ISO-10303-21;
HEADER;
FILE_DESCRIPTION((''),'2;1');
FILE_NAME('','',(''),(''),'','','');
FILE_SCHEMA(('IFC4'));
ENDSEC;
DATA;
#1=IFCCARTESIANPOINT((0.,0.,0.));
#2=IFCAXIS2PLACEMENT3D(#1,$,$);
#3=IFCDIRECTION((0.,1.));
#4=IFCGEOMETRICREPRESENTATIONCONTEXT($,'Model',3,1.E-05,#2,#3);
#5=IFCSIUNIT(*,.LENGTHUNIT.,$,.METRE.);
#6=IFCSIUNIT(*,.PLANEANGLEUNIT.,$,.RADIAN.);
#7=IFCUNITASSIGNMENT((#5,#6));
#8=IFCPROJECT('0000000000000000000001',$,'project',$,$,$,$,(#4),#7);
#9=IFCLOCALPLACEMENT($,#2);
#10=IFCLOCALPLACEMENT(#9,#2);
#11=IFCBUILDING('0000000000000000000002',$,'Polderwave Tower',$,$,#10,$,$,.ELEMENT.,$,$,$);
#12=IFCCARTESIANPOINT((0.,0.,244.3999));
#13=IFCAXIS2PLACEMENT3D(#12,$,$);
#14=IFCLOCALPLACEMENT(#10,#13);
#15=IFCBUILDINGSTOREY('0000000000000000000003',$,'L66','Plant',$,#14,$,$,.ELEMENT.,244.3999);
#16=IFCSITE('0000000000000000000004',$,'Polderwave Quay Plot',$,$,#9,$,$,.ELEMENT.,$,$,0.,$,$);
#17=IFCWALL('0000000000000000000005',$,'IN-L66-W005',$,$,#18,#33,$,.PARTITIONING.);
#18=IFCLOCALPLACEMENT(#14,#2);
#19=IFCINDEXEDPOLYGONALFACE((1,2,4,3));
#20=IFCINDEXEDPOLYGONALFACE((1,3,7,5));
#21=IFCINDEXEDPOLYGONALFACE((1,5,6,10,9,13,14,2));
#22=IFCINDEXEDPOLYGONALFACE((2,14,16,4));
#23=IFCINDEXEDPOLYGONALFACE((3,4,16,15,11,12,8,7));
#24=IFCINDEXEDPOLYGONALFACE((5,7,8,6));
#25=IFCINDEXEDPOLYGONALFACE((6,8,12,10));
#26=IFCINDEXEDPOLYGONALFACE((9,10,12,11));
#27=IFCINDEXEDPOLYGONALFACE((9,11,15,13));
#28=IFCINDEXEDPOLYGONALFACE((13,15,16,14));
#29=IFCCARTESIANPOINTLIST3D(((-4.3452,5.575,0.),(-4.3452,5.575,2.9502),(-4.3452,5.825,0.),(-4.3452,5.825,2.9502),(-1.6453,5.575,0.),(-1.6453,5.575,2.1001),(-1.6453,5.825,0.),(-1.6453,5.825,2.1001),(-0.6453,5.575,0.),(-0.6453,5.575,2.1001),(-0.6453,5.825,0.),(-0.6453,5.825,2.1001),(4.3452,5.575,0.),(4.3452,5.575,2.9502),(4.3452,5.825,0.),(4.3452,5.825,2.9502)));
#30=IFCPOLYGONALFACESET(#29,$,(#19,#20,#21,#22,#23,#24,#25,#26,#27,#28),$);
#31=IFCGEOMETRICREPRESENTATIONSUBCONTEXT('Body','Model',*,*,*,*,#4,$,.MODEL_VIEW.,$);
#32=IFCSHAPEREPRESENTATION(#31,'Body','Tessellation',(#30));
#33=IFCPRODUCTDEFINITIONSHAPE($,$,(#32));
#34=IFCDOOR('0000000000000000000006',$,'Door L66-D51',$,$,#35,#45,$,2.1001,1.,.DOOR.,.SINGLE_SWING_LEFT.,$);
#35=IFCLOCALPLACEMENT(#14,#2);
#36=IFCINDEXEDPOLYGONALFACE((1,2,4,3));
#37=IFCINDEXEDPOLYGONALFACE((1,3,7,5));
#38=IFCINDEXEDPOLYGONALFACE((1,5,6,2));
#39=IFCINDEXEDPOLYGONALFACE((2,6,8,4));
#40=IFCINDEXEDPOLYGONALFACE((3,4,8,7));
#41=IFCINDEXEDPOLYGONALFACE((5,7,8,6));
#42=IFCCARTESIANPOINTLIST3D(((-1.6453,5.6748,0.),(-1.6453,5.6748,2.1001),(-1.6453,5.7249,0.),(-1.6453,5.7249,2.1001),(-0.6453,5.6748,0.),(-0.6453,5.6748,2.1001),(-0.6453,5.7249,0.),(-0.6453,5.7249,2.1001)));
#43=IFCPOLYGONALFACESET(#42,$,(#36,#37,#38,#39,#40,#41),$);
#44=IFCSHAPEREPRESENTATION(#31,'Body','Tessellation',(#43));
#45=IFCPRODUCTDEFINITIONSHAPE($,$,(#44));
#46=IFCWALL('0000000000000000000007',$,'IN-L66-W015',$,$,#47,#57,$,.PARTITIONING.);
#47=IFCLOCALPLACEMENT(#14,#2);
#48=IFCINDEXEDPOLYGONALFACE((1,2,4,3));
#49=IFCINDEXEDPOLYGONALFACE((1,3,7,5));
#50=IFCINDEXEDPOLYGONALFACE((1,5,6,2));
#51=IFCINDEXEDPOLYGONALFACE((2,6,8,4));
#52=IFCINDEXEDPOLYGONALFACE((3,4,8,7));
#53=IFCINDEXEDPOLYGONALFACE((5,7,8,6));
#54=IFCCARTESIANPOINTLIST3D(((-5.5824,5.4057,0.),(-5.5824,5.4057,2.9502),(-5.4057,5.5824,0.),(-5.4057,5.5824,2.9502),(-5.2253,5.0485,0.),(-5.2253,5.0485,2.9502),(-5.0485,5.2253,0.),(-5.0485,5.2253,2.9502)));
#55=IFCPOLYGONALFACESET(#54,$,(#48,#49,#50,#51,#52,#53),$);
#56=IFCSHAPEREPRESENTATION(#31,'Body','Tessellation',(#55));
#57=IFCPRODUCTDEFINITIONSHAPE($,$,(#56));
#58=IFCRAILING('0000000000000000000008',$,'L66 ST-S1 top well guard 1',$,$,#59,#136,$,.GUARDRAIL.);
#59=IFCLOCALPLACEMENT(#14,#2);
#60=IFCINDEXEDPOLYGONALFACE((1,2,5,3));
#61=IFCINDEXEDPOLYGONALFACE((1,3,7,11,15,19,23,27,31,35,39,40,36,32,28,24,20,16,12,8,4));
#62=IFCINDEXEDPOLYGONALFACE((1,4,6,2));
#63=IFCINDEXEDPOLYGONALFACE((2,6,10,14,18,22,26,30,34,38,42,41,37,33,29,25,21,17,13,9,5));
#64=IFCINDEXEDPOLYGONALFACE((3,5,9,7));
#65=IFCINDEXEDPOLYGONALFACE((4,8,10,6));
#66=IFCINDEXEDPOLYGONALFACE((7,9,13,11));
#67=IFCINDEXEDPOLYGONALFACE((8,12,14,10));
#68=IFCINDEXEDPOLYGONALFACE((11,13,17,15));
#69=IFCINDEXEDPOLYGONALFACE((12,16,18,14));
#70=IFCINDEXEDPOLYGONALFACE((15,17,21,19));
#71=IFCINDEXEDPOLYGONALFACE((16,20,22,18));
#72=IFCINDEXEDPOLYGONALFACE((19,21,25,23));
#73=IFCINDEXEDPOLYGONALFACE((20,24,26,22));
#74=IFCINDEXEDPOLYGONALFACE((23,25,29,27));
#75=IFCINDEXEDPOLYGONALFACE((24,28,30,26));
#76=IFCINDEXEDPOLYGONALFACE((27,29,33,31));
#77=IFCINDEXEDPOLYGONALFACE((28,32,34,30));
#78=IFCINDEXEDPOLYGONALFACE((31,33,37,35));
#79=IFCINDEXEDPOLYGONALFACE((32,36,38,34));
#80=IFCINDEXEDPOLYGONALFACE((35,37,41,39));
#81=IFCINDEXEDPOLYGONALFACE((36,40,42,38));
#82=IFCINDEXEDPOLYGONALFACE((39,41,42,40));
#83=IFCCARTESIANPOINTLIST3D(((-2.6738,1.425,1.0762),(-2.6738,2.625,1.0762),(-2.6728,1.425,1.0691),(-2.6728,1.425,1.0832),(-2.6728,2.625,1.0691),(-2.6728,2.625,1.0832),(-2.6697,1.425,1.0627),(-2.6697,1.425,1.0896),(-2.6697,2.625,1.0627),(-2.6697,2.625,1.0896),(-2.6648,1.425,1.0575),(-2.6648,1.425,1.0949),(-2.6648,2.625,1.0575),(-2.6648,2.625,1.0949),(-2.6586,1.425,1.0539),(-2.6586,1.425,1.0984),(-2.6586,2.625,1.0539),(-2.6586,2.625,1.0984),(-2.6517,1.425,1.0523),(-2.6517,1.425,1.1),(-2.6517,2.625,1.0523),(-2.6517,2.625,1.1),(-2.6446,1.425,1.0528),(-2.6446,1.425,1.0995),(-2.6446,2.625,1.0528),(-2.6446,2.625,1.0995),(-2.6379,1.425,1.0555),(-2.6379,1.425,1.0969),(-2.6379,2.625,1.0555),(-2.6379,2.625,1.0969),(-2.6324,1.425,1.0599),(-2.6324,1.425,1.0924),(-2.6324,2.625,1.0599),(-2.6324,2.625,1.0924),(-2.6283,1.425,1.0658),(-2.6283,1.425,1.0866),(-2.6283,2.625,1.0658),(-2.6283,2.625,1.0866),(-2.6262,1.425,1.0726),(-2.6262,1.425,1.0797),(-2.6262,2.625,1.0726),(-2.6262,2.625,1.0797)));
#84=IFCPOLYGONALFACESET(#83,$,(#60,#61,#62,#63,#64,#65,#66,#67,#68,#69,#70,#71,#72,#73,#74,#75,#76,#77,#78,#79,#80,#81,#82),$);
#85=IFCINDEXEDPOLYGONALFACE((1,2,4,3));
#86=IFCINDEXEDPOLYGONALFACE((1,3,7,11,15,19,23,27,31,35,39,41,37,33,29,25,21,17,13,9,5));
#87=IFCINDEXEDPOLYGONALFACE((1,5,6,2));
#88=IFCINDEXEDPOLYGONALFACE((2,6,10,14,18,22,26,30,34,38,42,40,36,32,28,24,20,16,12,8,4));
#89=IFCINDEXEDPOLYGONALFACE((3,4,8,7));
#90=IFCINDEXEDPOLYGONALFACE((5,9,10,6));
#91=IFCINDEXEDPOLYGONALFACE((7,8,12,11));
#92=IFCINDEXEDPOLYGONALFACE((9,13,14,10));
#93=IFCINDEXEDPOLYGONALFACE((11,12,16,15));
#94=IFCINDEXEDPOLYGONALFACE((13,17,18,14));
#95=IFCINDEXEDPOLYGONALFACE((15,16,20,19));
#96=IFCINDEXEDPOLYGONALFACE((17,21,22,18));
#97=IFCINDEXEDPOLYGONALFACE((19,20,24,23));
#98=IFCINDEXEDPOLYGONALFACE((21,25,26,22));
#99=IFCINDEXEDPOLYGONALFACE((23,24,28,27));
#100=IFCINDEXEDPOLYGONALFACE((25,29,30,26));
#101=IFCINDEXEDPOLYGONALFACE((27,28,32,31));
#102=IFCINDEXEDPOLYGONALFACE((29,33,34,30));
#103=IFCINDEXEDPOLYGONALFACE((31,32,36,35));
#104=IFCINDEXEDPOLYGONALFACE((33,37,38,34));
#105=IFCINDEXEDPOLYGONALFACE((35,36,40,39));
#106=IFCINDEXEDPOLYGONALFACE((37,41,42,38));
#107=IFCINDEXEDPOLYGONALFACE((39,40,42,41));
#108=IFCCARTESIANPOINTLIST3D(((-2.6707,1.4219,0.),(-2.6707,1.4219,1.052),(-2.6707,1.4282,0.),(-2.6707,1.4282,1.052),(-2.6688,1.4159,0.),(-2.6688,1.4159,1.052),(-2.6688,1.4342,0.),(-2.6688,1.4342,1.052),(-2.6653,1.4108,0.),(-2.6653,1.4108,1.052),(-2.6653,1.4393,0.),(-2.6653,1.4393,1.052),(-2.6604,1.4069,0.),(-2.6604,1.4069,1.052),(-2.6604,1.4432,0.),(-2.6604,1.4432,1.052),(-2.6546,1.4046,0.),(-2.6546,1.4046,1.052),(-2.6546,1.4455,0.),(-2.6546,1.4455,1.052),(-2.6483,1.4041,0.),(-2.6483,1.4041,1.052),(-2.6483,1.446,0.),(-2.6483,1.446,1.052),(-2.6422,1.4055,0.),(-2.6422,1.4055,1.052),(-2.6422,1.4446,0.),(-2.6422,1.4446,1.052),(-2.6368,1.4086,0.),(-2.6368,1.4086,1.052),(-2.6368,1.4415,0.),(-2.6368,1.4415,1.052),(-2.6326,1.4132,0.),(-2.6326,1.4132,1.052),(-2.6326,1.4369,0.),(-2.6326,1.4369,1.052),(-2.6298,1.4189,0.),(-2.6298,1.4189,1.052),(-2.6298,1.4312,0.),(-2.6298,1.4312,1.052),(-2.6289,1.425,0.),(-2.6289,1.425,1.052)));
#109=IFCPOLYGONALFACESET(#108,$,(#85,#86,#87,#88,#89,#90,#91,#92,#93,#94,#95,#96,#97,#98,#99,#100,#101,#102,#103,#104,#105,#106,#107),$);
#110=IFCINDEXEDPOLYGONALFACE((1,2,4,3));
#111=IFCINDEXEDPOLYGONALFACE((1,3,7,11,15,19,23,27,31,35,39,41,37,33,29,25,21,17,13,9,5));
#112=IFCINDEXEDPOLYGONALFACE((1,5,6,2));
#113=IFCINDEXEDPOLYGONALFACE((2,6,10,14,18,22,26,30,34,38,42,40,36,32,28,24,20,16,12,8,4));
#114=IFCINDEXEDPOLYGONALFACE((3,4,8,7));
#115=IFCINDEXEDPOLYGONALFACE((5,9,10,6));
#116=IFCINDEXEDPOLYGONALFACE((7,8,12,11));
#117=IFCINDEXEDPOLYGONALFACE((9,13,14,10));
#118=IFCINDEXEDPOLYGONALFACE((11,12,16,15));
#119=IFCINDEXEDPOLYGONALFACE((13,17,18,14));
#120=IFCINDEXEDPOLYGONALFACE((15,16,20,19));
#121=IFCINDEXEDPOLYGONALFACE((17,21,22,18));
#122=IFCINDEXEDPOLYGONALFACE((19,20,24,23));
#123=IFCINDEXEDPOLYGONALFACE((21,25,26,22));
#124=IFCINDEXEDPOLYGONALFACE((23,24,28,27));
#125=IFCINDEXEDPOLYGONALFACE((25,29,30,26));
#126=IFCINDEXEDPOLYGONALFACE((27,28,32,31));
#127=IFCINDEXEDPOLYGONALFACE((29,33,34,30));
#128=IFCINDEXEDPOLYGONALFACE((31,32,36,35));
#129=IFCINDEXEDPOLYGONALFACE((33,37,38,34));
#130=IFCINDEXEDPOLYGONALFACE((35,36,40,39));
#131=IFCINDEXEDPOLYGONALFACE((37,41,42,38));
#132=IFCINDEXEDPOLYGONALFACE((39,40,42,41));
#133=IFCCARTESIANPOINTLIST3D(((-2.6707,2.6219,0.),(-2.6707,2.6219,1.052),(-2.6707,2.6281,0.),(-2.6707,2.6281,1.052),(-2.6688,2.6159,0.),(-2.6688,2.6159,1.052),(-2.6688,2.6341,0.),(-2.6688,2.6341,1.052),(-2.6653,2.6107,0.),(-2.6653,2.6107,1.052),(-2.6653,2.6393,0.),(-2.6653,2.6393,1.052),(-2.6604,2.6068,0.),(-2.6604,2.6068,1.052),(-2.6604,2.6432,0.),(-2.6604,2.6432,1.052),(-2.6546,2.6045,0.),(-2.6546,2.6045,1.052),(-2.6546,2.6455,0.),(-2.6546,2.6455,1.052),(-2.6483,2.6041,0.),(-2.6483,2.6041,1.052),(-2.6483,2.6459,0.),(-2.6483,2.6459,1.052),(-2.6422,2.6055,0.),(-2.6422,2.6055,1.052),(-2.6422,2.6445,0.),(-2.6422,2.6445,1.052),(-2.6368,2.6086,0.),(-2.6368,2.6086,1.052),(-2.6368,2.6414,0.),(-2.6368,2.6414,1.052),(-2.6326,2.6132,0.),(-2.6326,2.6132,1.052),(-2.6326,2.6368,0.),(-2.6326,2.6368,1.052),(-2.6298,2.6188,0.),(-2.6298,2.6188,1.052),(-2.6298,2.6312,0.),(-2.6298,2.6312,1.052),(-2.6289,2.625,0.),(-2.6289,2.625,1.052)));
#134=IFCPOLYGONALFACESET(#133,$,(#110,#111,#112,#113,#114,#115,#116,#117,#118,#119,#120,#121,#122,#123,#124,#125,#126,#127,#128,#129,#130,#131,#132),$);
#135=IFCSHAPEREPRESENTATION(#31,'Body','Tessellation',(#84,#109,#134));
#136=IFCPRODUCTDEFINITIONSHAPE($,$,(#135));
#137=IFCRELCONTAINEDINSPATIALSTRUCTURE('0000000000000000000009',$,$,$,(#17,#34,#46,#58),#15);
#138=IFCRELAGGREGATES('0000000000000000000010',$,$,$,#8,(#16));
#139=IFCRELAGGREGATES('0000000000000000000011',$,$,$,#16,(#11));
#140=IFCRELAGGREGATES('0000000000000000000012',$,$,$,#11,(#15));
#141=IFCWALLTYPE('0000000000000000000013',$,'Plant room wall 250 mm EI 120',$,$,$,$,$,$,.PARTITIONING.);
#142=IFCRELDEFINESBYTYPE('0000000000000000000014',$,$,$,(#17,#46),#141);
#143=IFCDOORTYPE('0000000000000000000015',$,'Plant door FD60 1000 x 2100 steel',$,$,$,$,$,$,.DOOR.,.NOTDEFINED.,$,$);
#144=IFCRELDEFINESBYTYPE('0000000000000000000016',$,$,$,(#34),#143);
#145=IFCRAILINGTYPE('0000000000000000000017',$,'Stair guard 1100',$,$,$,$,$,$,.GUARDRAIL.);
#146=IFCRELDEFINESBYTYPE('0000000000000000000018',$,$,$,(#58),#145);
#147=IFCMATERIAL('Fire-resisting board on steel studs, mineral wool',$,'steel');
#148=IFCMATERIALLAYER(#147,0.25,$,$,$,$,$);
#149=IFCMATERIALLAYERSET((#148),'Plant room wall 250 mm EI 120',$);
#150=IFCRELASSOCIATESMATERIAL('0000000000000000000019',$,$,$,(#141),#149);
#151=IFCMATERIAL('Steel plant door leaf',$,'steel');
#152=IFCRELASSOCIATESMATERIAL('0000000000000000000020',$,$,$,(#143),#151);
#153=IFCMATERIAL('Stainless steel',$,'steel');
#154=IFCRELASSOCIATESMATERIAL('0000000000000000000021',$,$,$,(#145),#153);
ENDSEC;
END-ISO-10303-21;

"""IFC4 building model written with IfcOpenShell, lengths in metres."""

from ifc_helpers import new_model, si_unit, direction, frame, frame_2d, origin, origin_2d, place, context, subcontext, project, spatial, rectangle, circle, extrude, material, layer, layer_set, type_object, element, fill, save


model = new_model("IFC4")

# Units and contexts
model_context = context("Model", 3, precision=1e-05, world=origin(), true_north=direction((0.0, 1.0)))
body_context = subcontext(model_context, "Body", "Model", "MODEL_VIEW")
ifc_project = project(units=[si_unit("LENGTHUNIT", "METRE"), si_unit("PLANEANGLEUNIT", "RADIAN")], contexts=[model_context])

# Site, building, storey
site_placement = place(None, origin())
site = spatial("IfcSite", under=ifc_project, at=site_placement, Name="Polderwave Quay Plot", CompositionType="ELEMENT", RefElevation=0.0)
building_placement = place(site_placement, origin())
building = spatial("IfcBuilding", under=site, at=building_placement, Name="Polderwave Tower", CompositionType="ELEMENT")
storey_placement = place(building_placement, frame((0.0, 0.0, 244.3999)))
storey = spatial("IfcBuildingStorey", under=building, at=storey_placement, Name="L66", Description="Plant", CompositionType="ELEMENT", Elevation=244.3999)

# Shared definitions
ifc_material_1 = material(Name="Fire-resisting board on steel studs, mineral wool", Category="steel")
ifc_layer_1 = layer(ifc_material_1, 0.25)
ifc_layer_set_1 = layer_set([ifc_layer_1], Name="Plant room wall 250 mm EI 120")
wall_type_1 = type_object("IfcWallType", Name="Plant room wall 250 mm EI 120", PredefinedType="PARTITIONING", material=ifc_layer_set_1)

# Wall, opening, door
wall_1_placement = place(storey_placement, frame((-4.3452, 5.7, 0.0), z_axis=(0.0, 0.0, 1.0), x_axis=(1.0, 0.0, 0.0)))
wall_1 = element("IfcWall", 1, at=wall_1_placement, inside=storey, type_object=wall_type_1, Name="IN-L66-W005", PredefinedType="PARTITIONING", context=body_context, shape_type="SweptSolid", body=[
    extrude(rectangle(XDim=8.6904, YDim=0.25, at=frame_2d((4.3452, 0.0))), origin(), (0.0, 0.0, 1.0), 2.9502),
])
opening_1_placement = place(wall_1_placement, frame((2.7, 0.0, 0.0)))
opening_1 = element("IfcOpeningElement", 2, at=opening_1_placement, cuts=wall_1, PredefinedType="OPENING", context=body_context, shape_type="SweptSolid", body=[
    extrude(rectangle(XDim=1.0, YDim=2.1001, at=frame_2d((0.5, 1.05))), frame((0.0, 0.135, 0.0), z_axis=(0.0, -1.0, 0.0), x_axis=(1.0, 0.0, 0.0)), (0.0, 0.0, 1.0), 0.27),
])
ifc_material_2 = material(Name="Steel plant door leaf", Category="steel")
door_type_1 = type_object("IfcDoorType", Name="Plant door FD60 1000 x 2100 steel", OperationType="NOTDEFINED", PredefinedType="DOOR", material=ifc_material_2)
door_1_placement = place(opening_1_placement, origin())
door_1 = element("IfcDoor", 3, at=door_1_placement, inside=storey, type_object=door_type_1, Name="Door L66-D51", OperationType="SINGLE_SWING_LEFT", OverallHeight=2.1001, OverallWidth=1.0, PredefinedType="DOOR", context=body_context, shape_type="SweptSolid", body=[
    extrude(rectangle(XDim=1.0, YDim=2.1001, at=frame_2d((0.5, 1.05))), frame((0.0, 0.0249, 0.0), z_axis=(0.0, -1.0, 0.0), x_axis=(1.0, 0.0, 0.0)), (0.0, 0.0, 1.0), 0.05),
])
fill(opening_1, door_1)

# Wall
wall_2_placement = place(storey_placement, frame((-5.137, 5.137, 0.0), z_axis=(0.0, 0.0, 1.0), x_axis=(-0.707107, 0.707107, 0.0)))
element("IfcWall", 4, at=wall_2_placement, inside=storey, type_object=wall_type_1, Name="IN-L66-W015", PredefinedType="PARTITIONING", context=body_context, shape_type="SweptSolid", body=[
    extrude(rectangle(XDim=0.5051, YDim=0.25, at=frame_2d((0.2524, 0.0))), origin(), (0.0, 0.0, 1.0), 2.9502),
])

# Railing
ifc_material_3 = material(Name="Stainless steel", Category="steel")
railing_type = type_object("IfcRailingType", Name="Stair guard 1100", PredefinedType="GUARDRAIL", material=ifc_material_3)
railing_1_placement = place(storey_placement, frame((-2.6499, 1.425, 0.0)))
element("IfcRailing", 5, at=railing_1_placement, inside=storey, type_object=railing_type, Name="L66 ST-S1 top well guard 1", PredefinedType="GUARDRAIL", context=body_context, shape_type="SweptSolid", body=[
    extrude(circle(Radius=0.0239, at=origin_2d()), frame((0.0, 0.0, 1.0762), z_axis=(0.0, 1.0, 0.0), x_axis=(-1.0, 0.0, 0.0)), (0.0, 0.0, 1.0), 1.2),
    extrude(circle(Radius=0.021, at=origin_2d()), origin(), (0.0, 0.0, 1.0), 1.052),
    extrude(circle(Radius=0.021, at=origin_2d()), frame((0.0, 1.2, 0.0)), (0.0, 0.0, 1.0), 1.052),
])

save(model, "model.ifc")
